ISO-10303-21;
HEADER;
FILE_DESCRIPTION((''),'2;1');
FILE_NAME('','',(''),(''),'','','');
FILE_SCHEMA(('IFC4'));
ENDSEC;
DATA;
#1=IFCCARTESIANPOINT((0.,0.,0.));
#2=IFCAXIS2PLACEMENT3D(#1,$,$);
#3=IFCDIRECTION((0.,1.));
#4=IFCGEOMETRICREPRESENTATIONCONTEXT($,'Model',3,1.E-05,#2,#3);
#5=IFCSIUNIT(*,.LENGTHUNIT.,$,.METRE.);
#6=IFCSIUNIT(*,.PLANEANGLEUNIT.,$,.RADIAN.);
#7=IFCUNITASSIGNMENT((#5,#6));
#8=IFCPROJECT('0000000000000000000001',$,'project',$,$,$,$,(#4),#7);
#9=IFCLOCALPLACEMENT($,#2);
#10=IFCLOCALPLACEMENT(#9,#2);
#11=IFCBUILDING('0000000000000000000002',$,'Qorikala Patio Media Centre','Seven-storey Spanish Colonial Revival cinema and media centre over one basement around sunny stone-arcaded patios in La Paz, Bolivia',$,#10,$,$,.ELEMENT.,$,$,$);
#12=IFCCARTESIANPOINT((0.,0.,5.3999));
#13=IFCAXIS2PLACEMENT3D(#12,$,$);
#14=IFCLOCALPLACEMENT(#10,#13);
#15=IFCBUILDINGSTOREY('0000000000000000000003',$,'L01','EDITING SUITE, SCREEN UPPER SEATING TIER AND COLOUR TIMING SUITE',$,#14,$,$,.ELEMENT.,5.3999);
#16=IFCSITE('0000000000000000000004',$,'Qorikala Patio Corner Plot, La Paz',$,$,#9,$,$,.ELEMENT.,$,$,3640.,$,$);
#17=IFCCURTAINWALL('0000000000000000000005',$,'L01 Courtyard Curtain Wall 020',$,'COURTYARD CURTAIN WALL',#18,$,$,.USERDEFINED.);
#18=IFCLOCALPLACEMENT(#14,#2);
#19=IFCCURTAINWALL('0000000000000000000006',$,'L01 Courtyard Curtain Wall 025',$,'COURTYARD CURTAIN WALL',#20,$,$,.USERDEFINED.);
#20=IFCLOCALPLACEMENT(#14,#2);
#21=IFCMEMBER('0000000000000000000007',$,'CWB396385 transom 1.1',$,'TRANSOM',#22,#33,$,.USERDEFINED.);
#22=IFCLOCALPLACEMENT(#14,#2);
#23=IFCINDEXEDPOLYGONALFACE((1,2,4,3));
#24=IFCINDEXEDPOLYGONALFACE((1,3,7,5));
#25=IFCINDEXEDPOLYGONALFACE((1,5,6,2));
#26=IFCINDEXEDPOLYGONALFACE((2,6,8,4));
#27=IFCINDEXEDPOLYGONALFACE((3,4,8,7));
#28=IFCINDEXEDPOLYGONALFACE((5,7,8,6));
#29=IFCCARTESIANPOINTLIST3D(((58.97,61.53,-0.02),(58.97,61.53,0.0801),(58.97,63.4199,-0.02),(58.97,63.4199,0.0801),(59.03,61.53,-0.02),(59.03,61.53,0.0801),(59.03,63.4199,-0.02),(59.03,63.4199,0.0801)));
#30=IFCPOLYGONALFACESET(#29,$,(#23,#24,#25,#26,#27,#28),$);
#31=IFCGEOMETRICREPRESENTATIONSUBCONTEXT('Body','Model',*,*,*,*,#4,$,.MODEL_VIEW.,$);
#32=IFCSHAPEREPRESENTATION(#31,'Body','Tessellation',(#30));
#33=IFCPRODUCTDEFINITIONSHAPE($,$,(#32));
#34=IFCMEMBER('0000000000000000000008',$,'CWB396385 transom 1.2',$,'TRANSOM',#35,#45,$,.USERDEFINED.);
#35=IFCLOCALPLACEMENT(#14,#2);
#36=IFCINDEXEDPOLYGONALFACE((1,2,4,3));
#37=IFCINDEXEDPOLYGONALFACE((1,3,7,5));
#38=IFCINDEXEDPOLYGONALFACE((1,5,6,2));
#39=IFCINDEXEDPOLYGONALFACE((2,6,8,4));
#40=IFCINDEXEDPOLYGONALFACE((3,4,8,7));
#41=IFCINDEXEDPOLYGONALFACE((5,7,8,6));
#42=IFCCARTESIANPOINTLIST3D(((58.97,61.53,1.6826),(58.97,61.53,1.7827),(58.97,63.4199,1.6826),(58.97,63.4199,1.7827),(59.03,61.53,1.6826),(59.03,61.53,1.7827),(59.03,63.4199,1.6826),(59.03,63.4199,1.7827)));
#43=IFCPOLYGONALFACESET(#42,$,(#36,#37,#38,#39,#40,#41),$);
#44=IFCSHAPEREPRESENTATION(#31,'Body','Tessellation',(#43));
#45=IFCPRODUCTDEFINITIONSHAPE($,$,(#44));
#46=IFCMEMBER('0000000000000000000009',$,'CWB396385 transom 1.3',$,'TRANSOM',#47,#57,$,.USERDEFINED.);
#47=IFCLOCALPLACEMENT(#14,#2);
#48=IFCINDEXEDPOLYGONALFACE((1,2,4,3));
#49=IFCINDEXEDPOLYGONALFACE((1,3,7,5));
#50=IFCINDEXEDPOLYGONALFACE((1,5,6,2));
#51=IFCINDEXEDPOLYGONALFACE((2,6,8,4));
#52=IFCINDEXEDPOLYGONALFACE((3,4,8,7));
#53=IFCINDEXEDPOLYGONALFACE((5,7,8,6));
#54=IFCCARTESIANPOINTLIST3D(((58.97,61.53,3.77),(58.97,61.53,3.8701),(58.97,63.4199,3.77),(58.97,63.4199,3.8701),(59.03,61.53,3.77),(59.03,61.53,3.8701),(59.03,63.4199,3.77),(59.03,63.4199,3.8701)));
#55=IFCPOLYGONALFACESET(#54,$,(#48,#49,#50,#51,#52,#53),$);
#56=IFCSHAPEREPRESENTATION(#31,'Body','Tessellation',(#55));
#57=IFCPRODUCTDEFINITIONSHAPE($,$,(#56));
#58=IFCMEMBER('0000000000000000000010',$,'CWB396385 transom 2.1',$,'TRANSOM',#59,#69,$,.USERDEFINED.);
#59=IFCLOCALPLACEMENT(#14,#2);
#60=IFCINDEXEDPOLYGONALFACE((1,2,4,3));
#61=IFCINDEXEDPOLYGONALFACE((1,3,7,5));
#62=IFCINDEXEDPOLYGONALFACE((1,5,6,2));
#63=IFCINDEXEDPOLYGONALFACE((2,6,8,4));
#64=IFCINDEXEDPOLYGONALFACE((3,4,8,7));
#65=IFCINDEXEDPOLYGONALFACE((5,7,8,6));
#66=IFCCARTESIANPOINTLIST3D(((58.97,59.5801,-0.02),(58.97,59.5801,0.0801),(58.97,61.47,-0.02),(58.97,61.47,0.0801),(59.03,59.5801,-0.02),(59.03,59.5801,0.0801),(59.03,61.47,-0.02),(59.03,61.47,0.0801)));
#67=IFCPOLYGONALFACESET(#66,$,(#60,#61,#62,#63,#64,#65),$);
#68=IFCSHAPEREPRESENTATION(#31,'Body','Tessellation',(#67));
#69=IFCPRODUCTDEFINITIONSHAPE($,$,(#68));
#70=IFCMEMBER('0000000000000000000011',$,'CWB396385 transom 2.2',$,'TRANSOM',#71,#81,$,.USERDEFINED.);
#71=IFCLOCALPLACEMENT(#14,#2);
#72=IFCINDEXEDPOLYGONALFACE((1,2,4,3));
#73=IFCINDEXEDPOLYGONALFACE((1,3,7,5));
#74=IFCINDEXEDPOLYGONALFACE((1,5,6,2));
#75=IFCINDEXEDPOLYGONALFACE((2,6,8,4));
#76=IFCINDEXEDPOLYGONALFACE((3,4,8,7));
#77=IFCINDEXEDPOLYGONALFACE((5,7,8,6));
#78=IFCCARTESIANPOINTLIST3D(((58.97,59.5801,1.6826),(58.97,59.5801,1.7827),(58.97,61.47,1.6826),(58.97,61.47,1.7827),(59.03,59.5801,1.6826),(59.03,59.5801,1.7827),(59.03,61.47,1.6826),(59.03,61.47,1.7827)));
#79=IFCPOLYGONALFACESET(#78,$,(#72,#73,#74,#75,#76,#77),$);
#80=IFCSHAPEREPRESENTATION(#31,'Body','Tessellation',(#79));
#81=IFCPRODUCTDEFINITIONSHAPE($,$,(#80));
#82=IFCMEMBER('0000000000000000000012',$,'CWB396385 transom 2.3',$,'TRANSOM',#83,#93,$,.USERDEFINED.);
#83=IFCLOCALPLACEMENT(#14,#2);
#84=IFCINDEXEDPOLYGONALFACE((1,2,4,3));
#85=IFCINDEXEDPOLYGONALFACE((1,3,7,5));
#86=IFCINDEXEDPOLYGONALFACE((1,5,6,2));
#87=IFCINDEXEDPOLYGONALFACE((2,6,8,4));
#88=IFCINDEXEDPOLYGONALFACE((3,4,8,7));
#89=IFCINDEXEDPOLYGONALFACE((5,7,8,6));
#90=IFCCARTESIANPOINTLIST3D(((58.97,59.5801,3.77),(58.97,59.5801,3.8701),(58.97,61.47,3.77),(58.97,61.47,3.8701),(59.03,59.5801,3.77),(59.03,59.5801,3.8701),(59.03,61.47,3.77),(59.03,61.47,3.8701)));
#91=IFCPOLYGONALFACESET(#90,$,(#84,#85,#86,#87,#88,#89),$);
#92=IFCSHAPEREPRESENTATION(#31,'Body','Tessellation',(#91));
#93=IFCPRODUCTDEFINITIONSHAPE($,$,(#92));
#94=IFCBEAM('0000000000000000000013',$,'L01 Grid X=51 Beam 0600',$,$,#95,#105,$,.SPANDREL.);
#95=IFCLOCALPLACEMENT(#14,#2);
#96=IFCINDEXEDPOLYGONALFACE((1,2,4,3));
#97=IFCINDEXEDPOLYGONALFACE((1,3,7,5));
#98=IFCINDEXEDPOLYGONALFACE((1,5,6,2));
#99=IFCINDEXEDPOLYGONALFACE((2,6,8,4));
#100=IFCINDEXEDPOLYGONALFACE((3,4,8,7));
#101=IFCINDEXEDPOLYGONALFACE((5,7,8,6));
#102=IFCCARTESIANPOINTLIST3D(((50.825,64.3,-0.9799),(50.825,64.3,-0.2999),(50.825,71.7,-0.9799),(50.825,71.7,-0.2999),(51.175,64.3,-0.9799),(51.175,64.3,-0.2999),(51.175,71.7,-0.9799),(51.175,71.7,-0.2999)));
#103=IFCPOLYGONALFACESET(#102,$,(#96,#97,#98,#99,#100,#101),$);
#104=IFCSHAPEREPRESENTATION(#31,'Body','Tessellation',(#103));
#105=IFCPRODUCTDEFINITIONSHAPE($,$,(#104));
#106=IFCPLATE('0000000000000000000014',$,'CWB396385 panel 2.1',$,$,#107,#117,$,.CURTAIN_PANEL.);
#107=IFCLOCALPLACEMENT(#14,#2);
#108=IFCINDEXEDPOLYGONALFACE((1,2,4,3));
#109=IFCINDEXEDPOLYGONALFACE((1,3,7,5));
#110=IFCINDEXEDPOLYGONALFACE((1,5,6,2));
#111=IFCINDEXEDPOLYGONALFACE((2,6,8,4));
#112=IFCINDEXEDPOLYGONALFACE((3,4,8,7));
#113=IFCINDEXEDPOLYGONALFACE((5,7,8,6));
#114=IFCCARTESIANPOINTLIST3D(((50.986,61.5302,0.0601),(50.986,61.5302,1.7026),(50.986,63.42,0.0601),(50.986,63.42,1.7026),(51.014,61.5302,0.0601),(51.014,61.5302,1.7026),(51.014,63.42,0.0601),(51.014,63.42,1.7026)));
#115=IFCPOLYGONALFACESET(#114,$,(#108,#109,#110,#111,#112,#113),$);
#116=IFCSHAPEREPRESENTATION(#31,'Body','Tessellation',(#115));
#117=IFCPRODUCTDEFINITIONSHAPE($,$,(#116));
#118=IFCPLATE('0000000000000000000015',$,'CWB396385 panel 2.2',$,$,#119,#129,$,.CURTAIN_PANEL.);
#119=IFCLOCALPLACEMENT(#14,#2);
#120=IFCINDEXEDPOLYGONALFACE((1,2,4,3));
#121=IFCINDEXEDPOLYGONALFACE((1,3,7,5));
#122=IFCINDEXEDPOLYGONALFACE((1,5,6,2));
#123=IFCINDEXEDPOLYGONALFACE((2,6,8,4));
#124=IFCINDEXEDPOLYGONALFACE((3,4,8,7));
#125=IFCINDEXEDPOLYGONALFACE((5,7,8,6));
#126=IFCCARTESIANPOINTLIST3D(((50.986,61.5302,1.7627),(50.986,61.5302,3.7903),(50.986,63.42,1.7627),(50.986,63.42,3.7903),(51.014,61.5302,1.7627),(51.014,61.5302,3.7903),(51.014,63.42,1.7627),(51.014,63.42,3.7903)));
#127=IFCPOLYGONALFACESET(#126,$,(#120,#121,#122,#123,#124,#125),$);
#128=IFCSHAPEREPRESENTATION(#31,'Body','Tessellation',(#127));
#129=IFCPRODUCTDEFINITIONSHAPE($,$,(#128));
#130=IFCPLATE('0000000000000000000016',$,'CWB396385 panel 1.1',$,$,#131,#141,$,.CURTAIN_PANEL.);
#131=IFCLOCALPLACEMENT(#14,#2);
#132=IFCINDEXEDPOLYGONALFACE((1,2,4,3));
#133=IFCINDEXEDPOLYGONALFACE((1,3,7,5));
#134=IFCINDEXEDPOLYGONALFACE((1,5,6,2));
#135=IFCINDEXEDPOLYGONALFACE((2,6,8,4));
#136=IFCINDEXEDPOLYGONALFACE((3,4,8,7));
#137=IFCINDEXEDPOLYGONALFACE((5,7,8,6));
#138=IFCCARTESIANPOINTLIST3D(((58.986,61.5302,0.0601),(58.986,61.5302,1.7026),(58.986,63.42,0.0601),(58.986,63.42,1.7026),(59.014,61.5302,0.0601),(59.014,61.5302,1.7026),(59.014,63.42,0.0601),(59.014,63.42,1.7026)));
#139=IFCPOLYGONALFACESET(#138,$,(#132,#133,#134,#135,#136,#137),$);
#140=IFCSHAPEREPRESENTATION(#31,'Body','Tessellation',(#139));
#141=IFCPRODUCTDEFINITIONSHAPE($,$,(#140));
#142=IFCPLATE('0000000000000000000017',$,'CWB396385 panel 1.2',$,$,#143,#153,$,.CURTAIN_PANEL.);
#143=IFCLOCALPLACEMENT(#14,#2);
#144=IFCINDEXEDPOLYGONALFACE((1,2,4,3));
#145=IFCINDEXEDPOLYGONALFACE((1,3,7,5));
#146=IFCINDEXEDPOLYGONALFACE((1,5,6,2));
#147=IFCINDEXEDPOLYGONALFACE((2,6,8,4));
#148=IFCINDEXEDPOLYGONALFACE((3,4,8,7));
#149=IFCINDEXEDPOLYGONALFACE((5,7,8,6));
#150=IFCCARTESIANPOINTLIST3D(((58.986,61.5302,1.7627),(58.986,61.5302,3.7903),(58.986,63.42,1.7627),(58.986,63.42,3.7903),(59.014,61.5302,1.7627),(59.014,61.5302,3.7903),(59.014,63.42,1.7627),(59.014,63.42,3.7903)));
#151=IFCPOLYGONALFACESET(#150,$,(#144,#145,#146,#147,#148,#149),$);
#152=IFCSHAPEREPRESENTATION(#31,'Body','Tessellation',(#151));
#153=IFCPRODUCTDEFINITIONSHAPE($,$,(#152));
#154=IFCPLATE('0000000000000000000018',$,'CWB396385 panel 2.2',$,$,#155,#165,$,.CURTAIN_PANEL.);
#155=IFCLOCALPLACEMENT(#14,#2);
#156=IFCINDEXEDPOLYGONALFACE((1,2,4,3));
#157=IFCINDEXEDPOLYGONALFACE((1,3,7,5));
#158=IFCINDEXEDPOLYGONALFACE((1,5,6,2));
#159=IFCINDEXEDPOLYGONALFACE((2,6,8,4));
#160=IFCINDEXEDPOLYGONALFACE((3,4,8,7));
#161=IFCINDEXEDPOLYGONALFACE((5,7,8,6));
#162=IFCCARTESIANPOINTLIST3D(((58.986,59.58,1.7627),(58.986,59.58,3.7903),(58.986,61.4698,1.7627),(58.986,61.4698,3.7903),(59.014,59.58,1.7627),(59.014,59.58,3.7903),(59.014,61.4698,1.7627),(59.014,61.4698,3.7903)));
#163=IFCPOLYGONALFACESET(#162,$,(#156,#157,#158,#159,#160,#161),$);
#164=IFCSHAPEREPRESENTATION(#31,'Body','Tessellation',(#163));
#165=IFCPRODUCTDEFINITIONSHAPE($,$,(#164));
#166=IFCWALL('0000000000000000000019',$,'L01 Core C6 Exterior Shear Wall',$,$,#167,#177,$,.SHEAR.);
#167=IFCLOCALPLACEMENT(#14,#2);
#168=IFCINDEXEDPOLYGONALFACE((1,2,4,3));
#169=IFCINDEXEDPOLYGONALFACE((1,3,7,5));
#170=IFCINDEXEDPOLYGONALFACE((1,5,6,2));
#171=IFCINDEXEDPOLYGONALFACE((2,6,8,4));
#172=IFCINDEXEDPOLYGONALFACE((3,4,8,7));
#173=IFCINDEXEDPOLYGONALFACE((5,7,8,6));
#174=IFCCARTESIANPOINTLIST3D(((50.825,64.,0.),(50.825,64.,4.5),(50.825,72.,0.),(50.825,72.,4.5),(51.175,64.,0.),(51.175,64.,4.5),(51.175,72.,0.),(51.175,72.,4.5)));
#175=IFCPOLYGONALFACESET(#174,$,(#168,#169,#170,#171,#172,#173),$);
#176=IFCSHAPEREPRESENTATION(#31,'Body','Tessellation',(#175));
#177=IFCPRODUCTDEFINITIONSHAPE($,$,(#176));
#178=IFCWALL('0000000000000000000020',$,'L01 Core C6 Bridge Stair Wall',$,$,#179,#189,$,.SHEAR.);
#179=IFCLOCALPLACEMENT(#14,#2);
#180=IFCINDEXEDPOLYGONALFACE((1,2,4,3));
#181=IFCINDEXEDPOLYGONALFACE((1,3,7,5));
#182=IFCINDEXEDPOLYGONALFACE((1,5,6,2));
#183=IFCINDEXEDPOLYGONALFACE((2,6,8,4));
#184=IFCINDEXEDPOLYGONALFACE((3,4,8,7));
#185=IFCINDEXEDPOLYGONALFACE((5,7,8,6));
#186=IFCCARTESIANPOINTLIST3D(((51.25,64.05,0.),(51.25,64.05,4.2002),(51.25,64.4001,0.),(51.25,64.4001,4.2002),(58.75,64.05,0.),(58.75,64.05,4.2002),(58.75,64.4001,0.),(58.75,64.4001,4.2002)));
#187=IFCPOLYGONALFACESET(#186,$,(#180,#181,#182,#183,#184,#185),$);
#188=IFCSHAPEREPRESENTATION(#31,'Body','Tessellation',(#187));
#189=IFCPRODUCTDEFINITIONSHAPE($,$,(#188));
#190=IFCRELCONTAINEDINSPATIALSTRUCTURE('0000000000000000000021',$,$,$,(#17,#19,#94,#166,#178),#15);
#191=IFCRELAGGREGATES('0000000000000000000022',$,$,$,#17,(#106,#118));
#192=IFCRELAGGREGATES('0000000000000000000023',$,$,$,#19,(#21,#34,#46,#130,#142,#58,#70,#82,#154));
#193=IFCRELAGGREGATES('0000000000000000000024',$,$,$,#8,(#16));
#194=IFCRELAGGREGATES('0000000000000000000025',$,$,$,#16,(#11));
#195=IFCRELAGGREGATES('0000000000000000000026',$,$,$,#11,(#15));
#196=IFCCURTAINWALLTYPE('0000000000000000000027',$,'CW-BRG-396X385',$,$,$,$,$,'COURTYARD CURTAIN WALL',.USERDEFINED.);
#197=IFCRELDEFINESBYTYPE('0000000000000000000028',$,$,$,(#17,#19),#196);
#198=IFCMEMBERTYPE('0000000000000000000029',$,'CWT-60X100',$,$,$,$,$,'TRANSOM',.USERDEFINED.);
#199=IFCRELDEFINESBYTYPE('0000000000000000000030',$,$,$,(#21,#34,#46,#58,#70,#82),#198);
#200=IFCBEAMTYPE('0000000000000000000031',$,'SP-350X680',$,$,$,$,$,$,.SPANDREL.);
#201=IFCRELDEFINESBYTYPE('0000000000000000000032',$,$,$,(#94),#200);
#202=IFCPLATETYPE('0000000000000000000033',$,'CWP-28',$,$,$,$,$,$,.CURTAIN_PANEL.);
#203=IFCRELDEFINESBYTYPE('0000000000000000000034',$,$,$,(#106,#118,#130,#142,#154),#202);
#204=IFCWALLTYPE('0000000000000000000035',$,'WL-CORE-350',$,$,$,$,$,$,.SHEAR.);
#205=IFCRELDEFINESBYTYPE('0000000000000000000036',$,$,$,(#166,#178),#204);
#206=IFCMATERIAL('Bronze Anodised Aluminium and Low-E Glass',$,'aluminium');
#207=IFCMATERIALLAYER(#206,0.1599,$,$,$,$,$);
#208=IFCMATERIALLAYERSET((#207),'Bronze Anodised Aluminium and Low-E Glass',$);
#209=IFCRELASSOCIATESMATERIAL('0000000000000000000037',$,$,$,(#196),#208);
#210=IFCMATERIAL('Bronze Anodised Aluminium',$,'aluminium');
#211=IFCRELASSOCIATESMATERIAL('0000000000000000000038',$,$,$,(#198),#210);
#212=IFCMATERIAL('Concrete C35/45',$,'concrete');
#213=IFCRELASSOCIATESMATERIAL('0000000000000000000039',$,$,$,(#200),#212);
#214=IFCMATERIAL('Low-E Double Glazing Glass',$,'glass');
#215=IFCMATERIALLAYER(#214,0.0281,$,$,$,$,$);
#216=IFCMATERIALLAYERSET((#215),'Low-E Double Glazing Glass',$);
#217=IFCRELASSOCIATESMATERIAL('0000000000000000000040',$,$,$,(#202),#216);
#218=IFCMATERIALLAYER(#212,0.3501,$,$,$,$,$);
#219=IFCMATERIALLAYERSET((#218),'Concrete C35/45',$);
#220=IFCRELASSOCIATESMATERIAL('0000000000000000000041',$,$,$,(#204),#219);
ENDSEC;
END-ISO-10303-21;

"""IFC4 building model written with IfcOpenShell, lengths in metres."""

from ifc_helpers import new_model, si_unit, direction, frame, frame_2d, origin, origin_2d, place, context, subcontext, project, spatial, rectangle, extrude, material, layer, layer_set, material_profile, profile_set, type_object, element, aggregate, save


model = new_model("IFC4")

# Units and contexts
model_context = context("Model", 3, precision=1e-05, world=origin(), true_north=direction((0.0, 1.0)))
body_context = subcontext(model_context, "Body", "Model", "MODEL_VIEW")
ifc_project = project(units=[si_unit("LENGTHUNIT", "METRE"), si_unit("PLANEANGLEUNIT", "RADIAN")], contexts=[model_context])

# Site, building, storey
site_placement = place(None, origin())
site = spatial("IfcSite", under=ifc_project, at=site_placement, Name="Qorikala Patio Corner Plot, La Paz", CompositionType="ELEMENT", RefElevation=3640.0)
building_placement = place(site_placement, origin())
building = spatial("IfcBuilding", under=site, at=building_placement, Name="Qorikala Patio Media Centre", Description="Seven-storey Spanish Colonial Revival cinema and media centre over one basement around sunny stone-arcaded patios in La Paz, Bolivia", CompositionType="ELEMENT")
storey_placement = place(building_placement, frame((0.0, 0.0, 5.3999)))
storey = spatial("IfcBuildingStorey", under=building, at=storey_placement, Name="L01", Description="EDITING SUITE, SCREEN UPPER SEATING TIER AND COLOUR TIMING SUITE", CompositionType="ELEMENT", Elevation=5.3999)

# Shared definitions
ifc_material_1 = material(Name="Concrete C35/45", Category="concrete")

# Curtain walls
ifc_material_2 = material(Name="Bronze Anodised Aluminium and Low-E Glass", Category="aluminium")
ifc_layer_1 = layer(ifc_material_2, 0.1599)
ifc_layer_set_1 = layer_set([ifc_layer_1], Name="Bronze Anodised Aluminium and Low-E Glass")
curtain_wall_type = type_object("IfcCurtainWallType", Name="CW-BRG-396X385", ElementType="COURTYARD CURTAIN WALL", PredefinedType="USERDEFINED", material=ifc_layer_set_1)
curtain_wall_1_placement = place(storey_placement, origin())
curtain_wall_1 = element("IfcCurtainWall", 1, at=curtain_wall_1_placement, inside=storey, type_object=curtain_wall_type, Name="L01 Courtyard Curtain Wall 020", ObjectType="COURTYARD CURTAIN WALL", PredefinedType="USERDEFINED")
ifc_material_3 = material(Name="Bronze Anodised Aluminium", Category="aluminium")
curtain_wall_2_placement = place(storey_placement, origin())
curtain_wall_2 = element("IfcCurtainWall", 2, at=curtain_wall_2_placement, inside=storey, type_object=curtain_wall_type, Name="L01 Courtyard Curtain Wall 025", ObjectType="COURTYARD CURTAIN WALL", PredefinedType="USERDEFINED")

# Members
ifc_material_profile_1 = material_profile(ifc_material_3, rectangle(XDim=0.0601, YDim=0.1001, at=origin_2d()), Name="ALU TRANSOM 60x100")
ifc_profile_set_1 = profile_set([ifc_material_profile_1], Name="Bronze Anodised Aluminium")
member_type_1 = type_object("IfcMemberType", Name="CWT-60X100", ElementType="TRANSOM", PredefinedType="USERDEFINED", material=ifc_profile_set_1)
member_1_placement = place(storey_placement, frame((59.0, 63.4199, 0.03), z_axis=(0.0, -1.0, 0.0), x_axis=(1.0, 0.0, 0.0)))
member_1 = element("IfcMember", 3, at=member_1_placement, type_object=member_type_1, Name="CWB396385 transom 1.1", ObjectType="TRANSOM", PredefinedType="USERDEFINED", context=body_context, shape_type="SweptSolid", body=[
    extrude(rectangle(XDim=0.0601, YDim=0.1001, at=origin_2d()), origin(), (0.0, 0.0, 1.0), 1.8899),
])
member_2_placement = place(storey_placement, frame((59.0, 63.4199, 1.7327), z_axis=(0.0, -1.0, 0.0), x_axis=(1.0, 0.0, 0.0)))
member_2 = element("IfcMember", 4, at=member_2_placement, type_object=member_type_1, Name="CWB396385 transom 1.2", ObjectType="TRANSOM", PredefinedType="USERDEFINED", context=body_context, shape_type="SweptSolid", body=[
    extrude(rectangle(XDim=0.0601, YDim=0.1001, at=origin_2d()), origin(), (0.0, 0.0, 1.0), 1.8899),
])
member_3_placement = place(storey_placement, frame((59.0, 63.4199, 3.8201), z_axis=(0.0, -1.0, 0.0), x_axis=(1.0, 0.0, 0.0)))
member_3 = element("IfcMember", 5, at=member_3_placement, type_object=member_type_1, Name="CWB396385 transom 1.3", ObjectType="TRANSOM", PredefinedType="USERDEFINED", context=body_context, shape_type="SweptSolid", body=[
    extrude(rectangle(XDim=0.0601, YDim=0.1001, at=origin_2d()), origin(), (0.0, 0.0, 1.0), 1.8899),
])
member_4_placement = place(storey_placement, frame((59.0, 61.47, 0.03), z_axis=(0.0, -1.0, 0.0), x_axis=(1.0, 0.0, 0.0)))
member_4 = element("IfcMember", 6, at=member_4_placement, type_object=member_type_1, Name="CWB396385 transom 2.1", ObjectType="TRANSOM", PredefinedType="USERDEFINED", context=body_context, shape_type="SweptSolid", body=[
    extrude(rectangle(XDim=0.0601, YDim=0.1001, at=origin_2d()), origin(), (0.0, 0.0, 1.0), 1.8899),
])
member_5_placement = place(storey_placement, frame((59.0, 61.47, 1.7327), z_axis=(0.0, -1.0, 0.0), x_axis=(1.0, 0.0, 0.0)))
member_5 = element("IfcMember", 7, at=member_5_placement, type_object=member_type_1, Name="CWB396385 transom 2.2", ObjectType="TRANSOM", PredefinedType="USERDEFINED", context=body_context, shape_type="SweptSolid", body=[
    extrude(rectangle(XDim=0.0601, YDim=0.1001, at=origin_2d()), origin(), (0.0, 0.0, 1.0), 1.8899),
])
member_6_placement = place(storey_placement, frame((59.0, 61.47, 3.8201), z_axis=(0.0, -1.0, 0.0), x_axis=(1.0, 0.0, 0.0)))
member_6 = element("IfcMember", 8, at=member_6_placement, type_object=member_type_1, Name="CWB396385 transom 2.3", ObjectType="TRANSOM", PredefinedType="USERDEFINED", context=body_context, shape_type="SweptSolid", body=[
    extrude(rectangle(XDim=0.0601, YDim=0.1001, at=origin_2d()), origin(), (0.0, 0.0, 1.0), 1.8899),
])

# Beam
ifc_material_profile_2 = material_profile(ifc_material_1, rectangle(XDim=0.3501, YDim=0.6799, at=origin_2d()), Name="RC 350x680")
ifc_profile_set_2 = profile_set([ifc_material_profile_2], Name="Concrete C35/45")
beam_type_1 = type_object("IfcBeamType", Name="SP-350X680", PredefinedType="SPANDREL", material=ifc_profile_set_2)
beam_1_placement = place(storey_placement, frame((51.0, 64.3, -0.6399), z_axis=(0.0, 1.0, 0.0), x_axis=(-1.0, 0.0, 0.0)))
element("IfcBeam", 9, at=beam_1_placement, inside=storey, type_object=beam_type_1, Name="L01 Grid X=51 Beam 0600", PredefinedType="SPANDREL", context=body_context, shape_type="SweptSolid", body=[
    extrude(rectangle(XDim=0.3501, YDim=0.6799, at=origin_2d()), origin(), (0.0, 0.0, 1.0), 7.3999),
])

# Plates
ifc_material_4 = material(Name="Low-E Double Glazing Glass", Category="glass")
ifc_layer_2 = layer(ifc_material_4, 0.0281)
ifc_layer_set_2 = layer_set([ifc_layer_2], Name="Low-E Double Glazing Glass")
plate_type = type_object("IfcPlateType", Name="CWP-28", PredefinedType="CURTAIN_PANEL", material=ifc_layer_set_2)
plate_1_placement = place(storey_placement, frame((51.0, 62.4751, 0.0601), z_axis=(0.0, 0.0, 1.0), x_axis=(0.0, 1.0, 0.0)))
plate_1 = element("IfcPlate", 10, at=plate_1_placement, type_object=plate_type, Name="CWB396385 panel 2.1", PredefinedType="CURTAIN_PANEL", context=body_context, shape_type="SweptSolid", body=[
    extrude(rectangle(XDim=1.8899, YDim=0.0281, at=origin_2d()), origin(), (0.0, 0.0, 1.0), 1.6426),
])
plate_2_placement = place(storey_placement, frame((51.0, 62.4751, 1.7627), z_axis=(0.0, 0.0, 1.0), x_axis=(0.0, 1.0, 0.0)))
plate_2 = element("IfcPlate", 11, at=plate_2_placement, type_object=plate_type, Name="CWB396385 panel 2.2", PredefinedType="CURTAIN_PANEL", context=body_context, shape_type="SweptSolid", body=[
    extrude(rectangle(XDim=1.8899, YDim=0.0281, at=origin_2d()), origin(), (0.0, 0.0, 1.0), 2.0276),
])
aggregate(curtain_wall_1, [plate_1, plate_2])
plate_3_placement = place(storey_placement, frame((59.0, 62.4751, 0.0601), z_axis=(0.0, 0.0, 1.0), x_axis=(0.0, -1.0, 0.0)))
plate_3 = element("IfcPlate", 12, at=plate_3_placement, type_object=plate_type, Name="CWB396385 panel 1.1", PredefinedType="CURTAIN_PANEL", context=body_context, shape_type="SweptSolid", body=[
    extrude(rectangle(XDim=1.8899, YDim=0.0281, at=origin_2d()), origin(), (0.0, 0.0, 1.0), 1.6426),
])
plate_4_placement = place(storey_placement, frame((59.0, 62.4751, 1.7627), z_axis=(0.0, 0.0, 1.0), x_axis=(0.0, -1.0, 0.0)))
plate_4 = element("IfcPlate", 13, at=plate_4_placement, type_object=plate_type, Name="CWB396385 panel 1.2", PredefinedType="CURTAIN_PANEL", context=body_context, shape_type="SweptSolid", body=[
    extrude(rectangle(XDim=1.8899, YDim=0.0281, at=origin_2d()), origin(), (0.0, 0.0, 1.0), 2.0276),
])
plate_5_placement = place(storey_placement, frame((59.0, 60.5249, 1.7627), z_axis=(0.0, 0.0, 1.0), x_axis=(0.0, -1.0, 0.0)))
plate_5 = element("IfcPlate", 14, at=plate_5_placement, type_object=plate_type, Name="CWB396385 panel 2.2", PredefinedType="CURTAIN_PANEL", context=body_context, shape_type="SweptSolid", body=[
    extrude(rectangle(XDim=1.8899, YDim=0.0281, at=origin_2d()), origin(), (0.0, 0.0, 1.0), 2.0276),
])
aggregate(curtain_wall_2, [member_1, member_2, member_3, plate_3, plate_4, member_4, member_5, member_6, plate_5])

# Walls
ifc_layer_3 = layer(ifc_material_1, 0.3501)
ifc_layer_set_3 = layer_set([ifc_layer_3], Name="Concrete C35/45")
wall_type = type_object("IfcWallType", Name="WL-CORE-350", PredefinedType="SHEAR", material=ifc_layer_set_3)
wall_1_placement = place(storey_placement, frame((51.0, 64.0, 0.0), z_axis=(0.0, 0.0, 1.0), x_axis=(0.0, 1.0, 0.0)))
element("IfcWall", 15, at=wall_1_placement, inside=storey, type_object=wall_type, Name="L01 Core C6 Exterior Shear Wall", PredefinedType="SHEAR", context=body_context, shape_type="SweptSolid", body=[
    extrude(rectangle(XDim=8.0, YDim=0.3501, at=frame_2d((4.0, 0.0))), origin(), (0.0, 0.0, 1.0), 4.5),
])
wall_2_placement = place(storey_placement, frame((51.25, 64.2251, 0.0), z_axis=(0.0, 0.0, 1.0), x_axis=(1.0, 0.0, 0.0)))
element("IfcWall", 16, at=wall_2_placement, inside=storey, type_object=wall_type, Name="L01 Core C6 Bridge Stair Wall", PredefinedType="SHEAR", context=body_context, shape_type="SweptSolid", body=[
    extrude(rectangle(XDim=7.5, YDim=0.3501, at=frame_2d((3.75, 0.0))), origin(), (0.0, 0.0, 1.0), 4.2002),
])

save(model, "model.ifc")
